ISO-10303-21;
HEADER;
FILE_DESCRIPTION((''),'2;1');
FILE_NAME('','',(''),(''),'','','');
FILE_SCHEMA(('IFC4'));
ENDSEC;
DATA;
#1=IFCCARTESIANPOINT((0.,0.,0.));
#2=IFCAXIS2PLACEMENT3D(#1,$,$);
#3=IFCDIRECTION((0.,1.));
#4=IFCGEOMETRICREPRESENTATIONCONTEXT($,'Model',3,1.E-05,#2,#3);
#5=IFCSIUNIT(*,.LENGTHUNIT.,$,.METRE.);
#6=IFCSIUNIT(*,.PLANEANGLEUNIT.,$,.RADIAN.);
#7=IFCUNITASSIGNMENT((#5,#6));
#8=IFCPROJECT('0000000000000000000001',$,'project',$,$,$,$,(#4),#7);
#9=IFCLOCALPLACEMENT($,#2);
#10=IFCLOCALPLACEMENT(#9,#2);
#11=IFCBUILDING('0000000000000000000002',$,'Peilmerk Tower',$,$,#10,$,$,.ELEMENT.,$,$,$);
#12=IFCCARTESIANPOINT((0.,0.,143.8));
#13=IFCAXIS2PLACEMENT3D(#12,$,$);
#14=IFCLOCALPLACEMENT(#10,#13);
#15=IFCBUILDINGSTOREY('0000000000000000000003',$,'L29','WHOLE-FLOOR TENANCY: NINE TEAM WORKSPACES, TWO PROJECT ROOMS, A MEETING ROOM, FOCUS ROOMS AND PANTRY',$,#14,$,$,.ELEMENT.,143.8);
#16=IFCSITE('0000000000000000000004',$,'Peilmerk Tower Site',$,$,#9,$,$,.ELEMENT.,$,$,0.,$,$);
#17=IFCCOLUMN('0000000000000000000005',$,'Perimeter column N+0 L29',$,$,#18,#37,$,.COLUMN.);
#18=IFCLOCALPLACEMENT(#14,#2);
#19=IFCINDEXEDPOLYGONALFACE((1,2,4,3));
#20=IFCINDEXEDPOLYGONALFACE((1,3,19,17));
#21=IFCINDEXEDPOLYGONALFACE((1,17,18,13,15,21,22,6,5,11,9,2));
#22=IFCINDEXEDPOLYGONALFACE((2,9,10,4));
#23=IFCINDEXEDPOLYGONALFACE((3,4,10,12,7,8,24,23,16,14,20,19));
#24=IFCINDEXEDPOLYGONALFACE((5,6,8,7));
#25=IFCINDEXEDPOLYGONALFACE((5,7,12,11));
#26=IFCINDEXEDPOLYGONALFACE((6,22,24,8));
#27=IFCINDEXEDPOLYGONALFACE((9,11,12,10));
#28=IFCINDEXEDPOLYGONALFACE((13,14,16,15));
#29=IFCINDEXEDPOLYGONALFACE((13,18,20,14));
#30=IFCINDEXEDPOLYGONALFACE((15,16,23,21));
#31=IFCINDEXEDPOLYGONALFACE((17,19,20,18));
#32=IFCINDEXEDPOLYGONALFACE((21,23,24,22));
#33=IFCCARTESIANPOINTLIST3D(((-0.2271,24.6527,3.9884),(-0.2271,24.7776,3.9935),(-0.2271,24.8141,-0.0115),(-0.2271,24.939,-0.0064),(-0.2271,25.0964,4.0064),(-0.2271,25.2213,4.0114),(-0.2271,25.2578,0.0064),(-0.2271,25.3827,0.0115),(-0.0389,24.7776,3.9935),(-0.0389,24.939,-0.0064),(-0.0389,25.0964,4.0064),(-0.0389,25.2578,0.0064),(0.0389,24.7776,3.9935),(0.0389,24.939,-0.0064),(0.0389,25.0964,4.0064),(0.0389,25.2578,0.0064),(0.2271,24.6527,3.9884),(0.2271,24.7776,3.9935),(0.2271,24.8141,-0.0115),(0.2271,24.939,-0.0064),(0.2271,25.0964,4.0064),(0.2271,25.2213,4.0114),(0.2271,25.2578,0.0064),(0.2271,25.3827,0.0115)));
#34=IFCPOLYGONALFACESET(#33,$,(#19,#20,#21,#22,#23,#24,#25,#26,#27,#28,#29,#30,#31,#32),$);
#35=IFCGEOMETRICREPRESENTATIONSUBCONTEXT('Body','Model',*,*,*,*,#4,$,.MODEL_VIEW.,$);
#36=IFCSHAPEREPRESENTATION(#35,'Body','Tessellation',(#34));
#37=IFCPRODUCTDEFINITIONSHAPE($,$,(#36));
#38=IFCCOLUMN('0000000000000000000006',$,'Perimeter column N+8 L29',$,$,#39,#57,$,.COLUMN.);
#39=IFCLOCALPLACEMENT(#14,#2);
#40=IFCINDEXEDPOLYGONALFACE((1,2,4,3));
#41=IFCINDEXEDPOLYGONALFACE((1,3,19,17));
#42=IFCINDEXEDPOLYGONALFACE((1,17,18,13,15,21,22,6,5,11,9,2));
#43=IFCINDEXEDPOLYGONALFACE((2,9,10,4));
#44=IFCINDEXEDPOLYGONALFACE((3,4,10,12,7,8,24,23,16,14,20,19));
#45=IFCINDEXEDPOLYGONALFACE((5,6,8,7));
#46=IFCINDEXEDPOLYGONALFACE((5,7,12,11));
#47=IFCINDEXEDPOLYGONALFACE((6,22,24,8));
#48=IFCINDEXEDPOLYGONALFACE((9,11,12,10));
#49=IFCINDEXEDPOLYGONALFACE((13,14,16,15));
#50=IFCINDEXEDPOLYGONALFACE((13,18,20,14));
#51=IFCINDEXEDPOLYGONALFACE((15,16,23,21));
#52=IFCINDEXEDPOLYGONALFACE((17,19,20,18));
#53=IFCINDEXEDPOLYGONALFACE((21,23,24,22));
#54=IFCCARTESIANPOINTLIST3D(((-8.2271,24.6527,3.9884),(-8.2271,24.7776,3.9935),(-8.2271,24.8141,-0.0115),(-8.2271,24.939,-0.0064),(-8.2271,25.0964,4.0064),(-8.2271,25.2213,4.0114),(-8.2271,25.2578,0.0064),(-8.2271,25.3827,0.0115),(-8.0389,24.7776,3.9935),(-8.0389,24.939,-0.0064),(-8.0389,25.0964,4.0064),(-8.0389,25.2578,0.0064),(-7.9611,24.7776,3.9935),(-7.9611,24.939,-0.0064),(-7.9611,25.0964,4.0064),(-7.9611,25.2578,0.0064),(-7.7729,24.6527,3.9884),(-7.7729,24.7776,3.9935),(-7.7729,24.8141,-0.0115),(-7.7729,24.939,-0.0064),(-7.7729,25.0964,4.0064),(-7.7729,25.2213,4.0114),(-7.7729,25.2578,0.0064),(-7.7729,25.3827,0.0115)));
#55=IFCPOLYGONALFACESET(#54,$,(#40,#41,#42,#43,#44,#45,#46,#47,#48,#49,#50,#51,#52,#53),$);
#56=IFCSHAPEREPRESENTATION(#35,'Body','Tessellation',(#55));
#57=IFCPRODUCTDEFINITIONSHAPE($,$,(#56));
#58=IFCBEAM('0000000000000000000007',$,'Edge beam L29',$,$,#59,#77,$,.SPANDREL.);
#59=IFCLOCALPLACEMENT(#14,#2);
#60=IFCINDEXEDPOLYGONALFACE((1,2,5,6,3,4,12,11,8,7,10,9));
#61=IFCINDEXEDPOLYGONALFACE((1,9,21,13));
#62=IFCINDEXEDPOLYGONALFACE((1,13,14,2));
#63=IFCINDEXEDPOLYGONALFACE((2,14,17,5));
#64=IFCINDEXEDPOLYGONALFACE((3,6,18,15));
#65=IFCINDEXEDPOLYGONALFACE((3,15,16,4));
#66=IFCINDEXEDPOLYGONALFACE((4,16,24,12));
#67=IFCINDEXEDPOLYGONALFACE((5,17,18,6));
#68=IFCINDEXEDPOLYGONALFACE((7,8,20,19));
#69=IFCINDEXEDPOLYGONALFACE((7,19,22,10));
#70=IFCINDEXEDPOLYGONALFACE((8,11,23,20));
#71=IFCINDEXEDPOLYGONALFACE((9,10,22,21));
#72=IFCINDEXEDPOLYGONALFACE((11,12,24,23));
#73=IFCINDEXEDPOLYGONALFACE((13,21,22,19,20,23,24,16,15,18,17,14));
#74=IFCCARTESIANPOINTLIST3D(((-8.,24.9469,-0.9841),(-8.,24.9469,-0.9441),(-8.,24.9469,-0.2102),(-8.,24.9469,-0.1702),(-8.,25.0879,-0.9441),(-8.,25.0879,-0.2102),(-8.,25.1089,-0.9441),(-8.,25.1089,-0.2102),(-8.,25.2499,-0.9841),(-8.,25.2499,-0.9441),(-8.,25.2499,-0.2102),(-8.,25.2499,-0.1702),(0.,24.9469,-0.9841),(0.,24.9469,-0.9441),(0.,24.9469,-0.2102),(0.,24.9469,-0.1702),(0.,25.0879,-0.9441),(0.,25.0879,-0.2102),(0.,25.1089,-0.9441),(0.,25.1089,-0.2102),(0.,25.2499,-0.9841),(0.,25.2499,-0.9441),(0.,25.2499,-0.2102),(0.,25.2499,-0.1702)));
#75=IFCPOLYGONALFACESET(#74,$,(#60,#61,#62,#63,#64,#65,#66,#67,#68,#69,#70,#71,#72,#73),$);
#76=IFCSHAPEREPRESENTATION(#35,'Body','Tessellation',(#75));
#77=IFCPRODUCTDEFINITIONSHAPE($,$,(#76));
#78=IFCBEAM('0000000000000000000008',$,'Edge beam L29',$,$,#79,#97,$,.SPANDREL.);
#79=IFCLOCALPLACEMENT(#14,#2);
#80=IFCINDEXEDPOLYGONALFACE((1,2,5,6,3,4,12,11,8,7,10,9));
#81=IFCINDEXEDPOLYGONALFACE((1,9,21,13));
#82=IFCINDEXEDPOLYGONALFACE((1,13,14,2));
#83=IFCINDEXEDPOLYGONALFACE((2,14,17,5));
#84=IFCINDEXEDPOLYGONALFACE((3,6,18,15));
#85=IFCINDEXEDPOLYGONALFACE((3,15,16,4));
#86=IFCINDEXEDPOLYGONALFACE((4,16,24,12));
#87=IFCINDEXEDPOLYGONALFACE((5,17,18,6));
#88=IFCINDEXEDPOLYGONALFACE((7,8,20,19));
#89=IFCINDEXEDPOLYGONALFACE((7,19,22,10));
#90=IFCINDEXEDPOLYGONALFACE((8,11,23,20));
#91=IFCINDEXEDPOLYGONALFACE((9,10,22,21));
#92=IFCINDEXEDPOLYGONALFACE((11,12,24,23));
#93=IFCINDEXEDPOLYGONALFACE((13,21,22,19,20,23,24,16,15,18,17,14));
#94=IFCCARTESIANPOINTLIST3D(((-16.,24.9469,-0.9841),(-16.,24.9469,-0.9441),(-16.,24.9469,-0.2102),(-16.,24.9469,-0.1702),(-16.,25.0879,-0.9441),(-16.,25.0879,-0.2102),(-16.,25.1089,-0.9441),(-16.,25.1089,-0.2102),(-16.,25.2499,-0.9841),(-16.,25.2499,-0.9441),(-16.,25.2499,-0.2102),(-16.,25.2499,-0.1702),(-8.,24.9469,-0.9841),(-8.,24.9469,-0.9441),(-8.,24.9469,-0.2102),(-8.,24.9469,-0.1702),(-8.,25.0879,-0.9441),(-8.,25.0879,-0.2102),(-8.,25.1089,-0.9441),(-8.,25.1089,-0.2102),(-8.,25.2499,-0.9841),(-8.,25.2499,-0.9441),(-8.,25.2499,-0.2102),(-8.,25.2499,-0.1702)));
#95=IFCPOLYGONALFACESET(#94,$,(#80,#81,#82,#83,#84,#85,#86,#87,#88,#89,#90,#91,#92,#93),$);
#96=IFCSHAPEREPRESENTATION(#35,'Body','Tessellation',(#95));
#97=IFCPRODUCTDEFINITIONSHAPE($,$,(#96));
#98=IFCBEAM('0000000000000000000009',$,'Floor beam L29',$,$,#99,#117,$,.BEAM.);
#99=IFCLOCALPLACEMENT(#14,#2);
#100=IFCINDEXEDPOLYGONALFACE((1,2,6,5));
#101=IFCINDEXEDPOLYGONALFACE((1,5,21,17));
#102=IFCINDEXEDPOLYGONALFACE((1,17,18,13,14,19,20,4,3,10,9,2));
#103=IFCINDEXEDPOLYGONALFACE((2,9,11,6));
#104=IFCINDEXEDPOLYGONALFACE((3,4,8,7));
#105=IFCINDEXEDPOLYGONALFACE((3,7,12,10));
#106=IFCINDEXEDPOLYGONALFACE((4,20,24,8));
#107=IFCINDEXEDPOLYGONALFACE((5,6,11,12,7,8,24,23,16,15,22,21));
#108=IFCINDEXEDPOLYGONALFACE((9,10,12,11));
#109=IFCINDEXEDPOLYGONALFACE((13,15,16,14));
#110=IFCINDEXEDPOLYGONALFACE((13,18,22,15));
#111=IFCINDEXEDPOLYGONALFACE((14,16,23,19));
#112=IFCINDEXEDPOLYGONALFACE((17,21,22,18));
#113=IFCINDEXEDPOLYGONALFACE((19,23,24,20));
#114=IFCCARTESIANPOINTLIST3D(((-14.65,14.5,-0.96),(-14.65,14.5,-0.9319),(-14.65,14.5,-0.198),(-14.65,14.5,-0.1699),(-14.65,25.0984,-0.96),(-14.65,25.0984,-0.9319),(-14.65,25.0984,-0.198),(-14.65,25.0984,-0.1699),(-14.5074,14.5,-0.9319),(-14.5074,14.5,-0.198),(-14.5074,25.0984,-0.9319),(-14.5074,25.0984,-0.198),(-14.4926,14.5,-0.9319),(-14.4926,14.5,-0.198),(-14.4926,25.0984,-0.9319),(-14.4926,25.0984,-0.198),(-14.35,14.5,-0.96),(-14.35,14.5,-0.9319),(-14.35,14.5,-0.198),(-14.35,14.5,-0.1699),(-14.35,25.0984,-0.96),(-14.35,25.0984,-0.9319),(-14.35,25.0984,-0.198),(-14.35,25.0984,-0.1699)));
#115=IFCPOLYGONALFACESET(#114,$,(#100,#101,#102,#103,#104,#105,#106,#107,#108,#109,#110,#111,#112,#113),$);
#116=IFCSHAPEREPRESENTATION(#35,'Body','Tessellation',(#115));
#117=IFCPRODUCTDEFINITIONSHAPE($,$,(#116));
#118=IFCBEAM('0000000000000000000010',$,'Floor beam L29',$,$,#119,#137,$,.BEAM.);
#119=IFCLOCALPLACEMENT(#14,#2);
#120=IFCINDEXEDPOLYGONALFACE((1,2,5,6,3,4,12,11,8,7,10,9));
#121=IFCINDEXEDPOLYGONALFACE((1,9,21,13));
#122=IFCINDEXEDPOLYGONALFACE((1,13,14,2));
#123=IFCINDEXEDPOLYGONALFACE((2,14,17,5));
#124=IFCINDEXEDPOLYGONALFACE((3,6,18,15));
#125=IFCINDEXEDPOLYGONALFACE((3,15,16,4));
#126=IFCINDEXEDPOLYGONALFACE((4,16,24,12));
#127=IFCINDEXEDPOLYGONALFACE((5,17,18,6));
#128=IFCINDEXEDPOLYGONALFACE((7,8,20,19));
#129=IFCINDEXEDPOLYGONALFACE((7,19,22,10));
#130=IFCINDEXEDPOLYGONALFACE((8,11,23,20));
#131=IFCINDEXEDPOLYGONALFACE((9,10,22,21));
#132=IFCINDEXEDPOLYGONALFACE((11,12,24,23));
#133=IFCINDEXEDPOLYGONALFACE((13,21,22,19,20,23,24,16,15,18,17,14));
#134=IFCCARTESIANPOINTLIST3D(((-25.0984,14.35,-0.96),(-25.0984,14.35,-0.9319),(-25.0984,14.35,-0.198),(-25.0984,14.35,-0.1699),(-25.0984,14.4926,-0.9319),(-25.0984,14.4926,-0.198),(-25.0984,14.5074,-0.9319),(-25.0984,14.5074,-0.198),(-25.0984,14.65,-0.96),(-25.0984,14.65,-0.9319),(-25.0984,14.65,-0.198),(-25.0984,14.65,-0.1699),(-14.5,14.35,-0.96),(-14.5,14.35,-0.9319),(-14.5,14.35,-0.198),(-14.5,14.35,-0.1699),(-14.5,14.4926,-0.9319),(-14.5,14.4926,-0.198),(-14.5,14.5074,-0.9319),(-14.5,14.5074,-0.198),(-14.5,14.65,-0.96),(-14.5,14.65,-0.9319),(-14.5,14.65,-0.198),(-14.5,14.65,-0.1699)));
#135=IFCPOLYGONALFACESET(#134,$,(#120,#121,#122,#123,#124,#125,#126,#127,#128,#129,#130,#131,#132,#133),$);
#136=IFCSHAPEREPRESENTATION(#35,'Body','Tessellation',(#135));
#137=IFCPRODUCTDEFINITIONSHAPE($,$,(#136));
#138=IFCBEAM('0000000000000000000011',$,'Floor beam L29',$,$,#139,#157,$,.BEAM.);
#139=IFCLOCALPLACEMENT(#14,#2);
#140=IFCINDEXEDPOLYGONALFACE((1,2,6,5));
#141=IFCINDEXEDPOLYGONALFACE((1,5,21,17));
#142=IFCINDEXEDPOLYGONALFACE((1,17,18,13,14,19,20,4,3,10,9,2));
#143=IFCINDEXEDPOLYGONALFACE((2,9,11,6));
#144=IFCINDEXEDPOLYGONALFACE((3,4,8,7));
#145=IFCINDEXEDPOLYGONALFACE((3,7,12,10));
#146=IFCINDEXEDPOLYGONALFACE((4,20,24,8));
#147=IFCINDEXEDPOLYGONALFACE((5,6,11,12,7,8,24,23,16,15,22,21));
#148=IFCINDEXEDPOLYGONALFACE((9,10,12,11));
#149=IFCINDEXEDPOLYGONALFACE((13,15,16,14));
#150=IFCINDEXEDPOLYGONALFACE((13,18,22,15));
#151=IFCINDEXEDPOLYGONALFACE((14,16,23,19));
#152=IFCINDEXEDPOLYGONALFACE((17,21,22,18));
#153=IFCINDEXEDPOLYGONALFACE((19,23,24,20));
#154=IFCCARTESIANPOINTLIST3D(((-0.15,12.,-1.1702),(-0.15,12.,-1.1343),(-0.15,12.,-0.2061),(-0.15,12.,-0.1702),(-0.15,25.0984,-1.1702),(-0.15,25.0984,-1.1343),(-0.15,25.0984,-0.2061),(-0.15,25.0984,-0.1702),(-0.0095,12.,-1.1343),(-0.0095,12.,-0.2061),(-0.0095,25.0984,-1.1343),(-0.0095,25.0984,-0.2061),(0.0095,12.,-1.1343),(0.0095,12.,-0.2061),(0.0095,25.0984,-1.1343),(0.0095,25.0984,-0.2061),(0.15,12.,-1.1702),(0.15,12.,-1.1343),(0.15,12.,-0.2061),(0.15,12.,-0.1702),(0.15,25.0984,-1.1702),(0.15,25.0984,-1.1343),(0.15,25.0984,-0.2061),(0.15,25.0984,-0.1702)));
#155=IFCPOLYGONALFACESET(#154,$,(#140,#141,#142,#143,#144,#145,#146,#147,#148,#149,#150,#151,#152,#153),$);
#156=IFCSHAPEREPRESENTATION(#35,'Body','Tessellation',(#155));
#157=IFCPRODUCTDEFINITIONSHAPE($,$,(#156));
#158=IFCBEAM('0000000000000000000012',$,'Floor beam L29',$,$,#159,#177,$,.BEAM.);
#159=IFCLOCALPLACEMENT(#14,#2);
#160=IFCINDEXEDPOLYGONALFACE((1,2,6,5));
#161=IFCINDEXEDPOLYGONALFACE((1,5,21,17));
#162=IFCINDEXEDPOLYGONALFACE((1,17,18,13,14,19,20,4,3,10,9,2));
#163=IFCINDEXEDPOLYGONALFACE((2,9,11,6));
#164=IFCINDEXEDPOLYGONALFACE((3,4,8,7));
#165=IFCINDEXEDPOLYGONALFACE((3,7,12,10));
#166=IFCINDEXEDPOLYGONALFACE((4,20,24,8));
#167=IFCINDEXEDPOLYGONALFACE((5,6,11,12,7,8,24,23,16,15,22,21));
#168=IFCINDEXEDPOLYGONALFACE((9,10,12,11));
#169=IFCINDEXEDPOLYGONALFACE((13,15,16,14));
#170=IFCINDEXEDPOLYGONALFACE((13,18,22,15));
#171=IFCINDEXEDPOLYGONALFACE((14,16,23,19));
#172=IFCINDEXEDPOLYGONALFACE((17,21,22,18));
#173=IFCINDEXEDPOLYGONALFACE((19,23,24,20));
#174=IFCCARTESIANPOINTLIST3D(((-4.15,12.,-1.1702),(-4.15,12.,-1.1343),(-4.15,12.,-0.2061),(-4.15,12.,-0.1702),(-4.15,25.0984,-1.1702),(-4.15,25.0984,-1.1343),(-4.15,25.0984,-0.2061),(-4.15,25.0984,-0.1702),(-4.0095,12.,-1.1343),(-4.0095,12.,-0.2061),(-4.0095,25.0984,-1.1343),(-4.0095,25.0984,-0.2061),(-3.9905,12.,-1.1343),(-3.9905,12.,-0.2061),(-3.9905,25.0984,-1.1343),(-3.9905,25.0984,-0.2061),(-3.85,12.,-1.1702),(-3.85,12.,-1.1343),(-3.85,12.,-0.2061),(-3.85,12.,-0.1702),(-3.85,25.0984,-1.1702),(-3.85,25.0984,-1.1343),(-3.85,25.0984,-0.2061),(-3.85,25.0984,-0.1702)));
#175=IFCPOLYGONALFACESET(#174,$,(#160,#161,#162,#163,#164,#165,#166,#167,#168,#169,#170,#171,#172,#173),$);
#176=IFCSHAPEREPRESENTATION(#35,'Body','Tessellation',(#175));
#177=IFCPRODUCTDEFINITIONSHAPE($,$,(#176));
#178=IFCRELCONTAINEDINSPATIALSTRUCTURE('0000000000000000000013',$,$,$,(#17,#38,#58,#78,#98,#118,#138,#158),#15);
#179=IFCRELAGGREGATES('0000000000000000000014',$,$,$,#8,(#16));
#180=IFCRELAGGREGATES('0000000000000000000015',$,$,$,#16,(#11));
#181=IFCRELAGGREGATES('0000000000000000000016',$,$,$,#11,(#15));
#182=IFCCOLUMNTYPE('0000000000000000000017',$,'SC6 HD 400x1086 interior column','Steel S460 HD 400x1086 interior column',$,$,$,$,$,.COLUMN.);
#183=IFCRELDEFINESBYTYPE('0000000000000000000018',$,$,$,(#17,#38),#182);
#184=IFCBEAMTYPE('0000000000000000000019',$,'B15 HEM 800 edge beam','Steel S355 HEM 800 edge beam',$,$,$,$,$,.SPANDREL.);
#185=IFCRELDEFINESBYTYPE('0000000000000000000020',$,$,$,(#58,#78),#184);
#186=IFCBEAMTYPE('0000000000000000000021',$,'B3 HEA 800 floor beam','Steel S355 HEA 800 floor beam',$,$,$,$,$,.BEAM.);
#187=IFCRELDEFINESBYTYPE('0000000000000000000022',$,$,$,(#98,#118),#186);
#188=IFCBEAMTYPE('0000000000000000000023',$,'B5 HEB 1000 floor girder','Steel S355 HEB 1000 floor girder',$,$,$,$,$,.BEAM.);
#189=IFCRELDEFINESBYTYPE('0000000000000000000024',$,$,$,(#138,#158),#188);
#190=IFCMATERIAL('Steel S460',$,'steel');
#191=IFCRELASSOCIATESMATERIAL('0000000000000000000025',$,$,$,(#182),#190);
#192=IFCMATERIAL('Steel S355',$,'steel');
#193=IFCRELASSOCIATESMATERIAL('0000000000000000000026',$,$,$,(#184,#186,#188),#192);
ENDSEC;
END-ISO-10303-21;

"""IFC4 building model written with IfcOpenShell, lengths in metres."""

from ifc_helpers import new_model, si_unit, direction, frame, origin, origin_2d, place, context, subcontext, project, spatial, i_section, extrude, material, material_profile, profile_set, type_object, element, save


model = new_model("IFC4")

# Units and contexts
model_context = context("Model", 3, precision=1e-05, world=origin(), true_north=direction((0.0, 1.0)))
body_context = subcontext(model_context, "Body", "Model", "MODEL_VIEW")
ifc_project = project(units=[si_unit("LENGTHUNIT", "METRE"), si_unit("PLANEANGLEUNIT", "RADIAN")], contexts=[model_context])

# Site, building, storey
site_placement = place(None, origin())
site = spatial("IfcSite", under=ifc_project, at=site_placement, Name="Peilmerk Tower Site", CompositionType="ELEMENT", RefElevation=0.0)
building_placement = place(site_placement, origin())
building = spatial("IfcBuilding", under=site, at=building_placement, Name="Peilmerk Tower", CompositionType="ELEMENT")
storey_placement = place(building_placement, frame((0.0, 0.0, 143.8)))
storey = spatial("IfcBuildingStorey", under=building, at=storey_placement, Name="L29", Description="WHOLE-FLOOR TENANCY: NINE TEAM WORKSPACES, TWO PROJECT ROOMS, A MEETING ROOM, FOCUS ROOMS AND PANTRY", CompositionType="ELEMENT", Elevation=143.8)

# Columns
ifc_material_1 = material(Name="Steel S460", Category="steel")
ifc_material_profile_1 = material_profile(ifc_material_1, i_section(OverallWidth=0.4541, OverallDepth=0.5691, WebThickness=0.0779, FlangeThickness=0.125, at=origin_2d()), Name="HD 400x1086")
ifc_profile_set_1 = profile_set([ifc_material_profile_1], Name="Steel S460")
column_type = type_object("IfcColumnType", Name="SC6 HD 400x1086 interior column", Description="Steel S460 HD 400x1086 interior column", PredefinedType="COLUMN", material=ifc_profile_set_1)
for number, where, z_axis, x_axis, name in (
    (1, (0.0, 25.0984, 0.0), (0.0, -0.040311, 0.999187), (1.0, 0.0, 0.0), "Perimeter column N+0 L29"),
    (2, (-8.0, 25.0984, 0.0), (0.0, -0.040311, 0.999187), (1.0, 0.0, 0.0), "Perimeter column N+8 L29"),
):
    element("IfcColumn", number, at=place(storey_placement, frame(where, z_axis=z_axis, x_axis=x_axis)), inside=storey, type_object=column_type, Name=name, PredefinedType="COLUMN", context=body_context, shape_type="SweptSolid", body=[
        extrude(i_section(OverallWidth=0.4541, OverallDepth=0.5691, WebThickness=0.0779, FlangeThickness=0.125, at=origin_2d()), origin(), (0.0, 0.0, 1.0), 4.0032),
    ])

# Beams
ifc_material_2 = material(Name="Steel S355", Category="steel")
ifc_material_profile_2 = material_profile(ifc_material_2, i_section(OverallWidth=0.303, OverallDepth=0.814, WebThickness=0.021, FlangeThickness=0.04, at=origin_2d()), Name="HEM 800")
ifc_profile_set_2 = profile_set([ifc_material_profile_2], Name="Steel S355")
beam_type_1 = type_object("IfcBeamType", Name="B15 HEM 800 edge beam", Description="Steel S355 HEM 800 edge beam", PredefinedType="SPANDREL", material=ifc_profile_set_2)
for number, where, z_axis, x_axis, name in (
    (3, (0.0, 25.0984, -0.5771), (-1.0, 0.0, 0.0), (0.0, -1.0, 0.0), "Edge beam L29"),
    (4, (-8.0, 25.0984, -0.5771), (-1.0, 0.0, 0.0), (0.0, -1.0, 0.0), "Edge beam L29"),
):
    element("IfcBeam", number, at=place(storey_placement, frame(where, z_axis=z_axis, x_axis=x_axis)), inside=storey, type_object=beam_type_1, Name=name, PredefinedType="SPANDREL", context=body_context, shape_type="SweptSolid", body=[
        extrude(i_section(OverallWidth=0.303, OverallDepth=0.814, WebThickness=0.021, FlangeThickness=0.04, at=origin_2d()), origin(), (0.0, 0.0, 1.0), 8.0),
    ])
ifc_material_profile_3 = material_profile(ifc_material_2, i_section(OverallWidth=0.3, OverallDepth=0.79, WebThickness=0.0149, FlangeThickness=0.0281, at=origin_2d()), Name="HEA 800")
ifc_profile_set_3 = profile_set([ifc_material_profile_3], Name="Steel S355")
beam_type_2 = type_object("IfcBeamType", Name="B3 HEA 800 floor beam", Description="Steel S355 HEA 800 floor beam", PredefinedType="BEAM", material=ifc_profile_set_3)
for number, where, z_axis, x_axis, name in (
    (5, (-14.5, 14.5, -0.5649), (0.0, 1.0, 0.0), (-1.0, 0.0, 0.0), "Floor beam L29"),
    (6, (-14.5, 14.5, -0.5649), (-1.0, 0.0, 0.0), (0.0, -1.0, 0.0), "Floor beam L29"),
):
    element("IfcBeam", number, at=place(storey_placement, frame(where, z_axis=z_axis, x_axis=x_axis)), inside=storey, type_object=beam_type_2, Name=name, PredefinedType="BEAM", context=body_context, shape_type="SweptSolid", body=[
        extrude(i_section(OverallWidth=0.3, OverallDepth=0.79, WebThickness=0.0149, FlangeThickness=0.0281, at=origin_2d()), origin(), (0.0, 0.0, 1.0), 10.5984),
    ])
ifc_material_profile_4 = material_profile(ifc_material_2, i_section(OverallWidth=0.3, OverallDepth=1.0, WebThickness=0.019, FlangeThickness=0.0359, at=origin_2d()), Name="HEB 1000")
ifc_profile_set_4 = profile_set([ifc_material_profile_4], Name="Steel S355")
beam_type_3 = type_object("IfcBeamType", Name="B5 HEB 1000 floor girder", Description="Steel S355 HEB 1000 floor girder", PredefinedType="BEAM", material=ifc_profile_set_4)
for number, where, z_axis, x_axis, name in (
    (7, (0.0, 12.0, -0.6702), (0.0, 1.0, 0.0), (-1.0, 0.0, 0.0), "Floor beam L29"),
    (8, (-4.0, 12.0, -0.6702), (0.0, 1.0, 0.0), (-1.0, 0.0, 0.0), "Floor beam L29"),
):
    element("IfcBeam", number, at=place(storey_placement, frame(where, z_axis=z_axis, x_axis=x_axis)), inside=storey, type_object=beam_type_3, Name=name, PredefinedType="BEAM", context=body_context, shape_type="SweptSolid", body=[
        extrude(i_section(OverallWidth=0.3, OverallDepth=1.0, WebThickness=0.019, FlangeThickness=0.0359, at=origin_2d()), origin(), (0.0, 0.0, 1.0), 13.0984),
    ])

save(model, "model.ifc")
